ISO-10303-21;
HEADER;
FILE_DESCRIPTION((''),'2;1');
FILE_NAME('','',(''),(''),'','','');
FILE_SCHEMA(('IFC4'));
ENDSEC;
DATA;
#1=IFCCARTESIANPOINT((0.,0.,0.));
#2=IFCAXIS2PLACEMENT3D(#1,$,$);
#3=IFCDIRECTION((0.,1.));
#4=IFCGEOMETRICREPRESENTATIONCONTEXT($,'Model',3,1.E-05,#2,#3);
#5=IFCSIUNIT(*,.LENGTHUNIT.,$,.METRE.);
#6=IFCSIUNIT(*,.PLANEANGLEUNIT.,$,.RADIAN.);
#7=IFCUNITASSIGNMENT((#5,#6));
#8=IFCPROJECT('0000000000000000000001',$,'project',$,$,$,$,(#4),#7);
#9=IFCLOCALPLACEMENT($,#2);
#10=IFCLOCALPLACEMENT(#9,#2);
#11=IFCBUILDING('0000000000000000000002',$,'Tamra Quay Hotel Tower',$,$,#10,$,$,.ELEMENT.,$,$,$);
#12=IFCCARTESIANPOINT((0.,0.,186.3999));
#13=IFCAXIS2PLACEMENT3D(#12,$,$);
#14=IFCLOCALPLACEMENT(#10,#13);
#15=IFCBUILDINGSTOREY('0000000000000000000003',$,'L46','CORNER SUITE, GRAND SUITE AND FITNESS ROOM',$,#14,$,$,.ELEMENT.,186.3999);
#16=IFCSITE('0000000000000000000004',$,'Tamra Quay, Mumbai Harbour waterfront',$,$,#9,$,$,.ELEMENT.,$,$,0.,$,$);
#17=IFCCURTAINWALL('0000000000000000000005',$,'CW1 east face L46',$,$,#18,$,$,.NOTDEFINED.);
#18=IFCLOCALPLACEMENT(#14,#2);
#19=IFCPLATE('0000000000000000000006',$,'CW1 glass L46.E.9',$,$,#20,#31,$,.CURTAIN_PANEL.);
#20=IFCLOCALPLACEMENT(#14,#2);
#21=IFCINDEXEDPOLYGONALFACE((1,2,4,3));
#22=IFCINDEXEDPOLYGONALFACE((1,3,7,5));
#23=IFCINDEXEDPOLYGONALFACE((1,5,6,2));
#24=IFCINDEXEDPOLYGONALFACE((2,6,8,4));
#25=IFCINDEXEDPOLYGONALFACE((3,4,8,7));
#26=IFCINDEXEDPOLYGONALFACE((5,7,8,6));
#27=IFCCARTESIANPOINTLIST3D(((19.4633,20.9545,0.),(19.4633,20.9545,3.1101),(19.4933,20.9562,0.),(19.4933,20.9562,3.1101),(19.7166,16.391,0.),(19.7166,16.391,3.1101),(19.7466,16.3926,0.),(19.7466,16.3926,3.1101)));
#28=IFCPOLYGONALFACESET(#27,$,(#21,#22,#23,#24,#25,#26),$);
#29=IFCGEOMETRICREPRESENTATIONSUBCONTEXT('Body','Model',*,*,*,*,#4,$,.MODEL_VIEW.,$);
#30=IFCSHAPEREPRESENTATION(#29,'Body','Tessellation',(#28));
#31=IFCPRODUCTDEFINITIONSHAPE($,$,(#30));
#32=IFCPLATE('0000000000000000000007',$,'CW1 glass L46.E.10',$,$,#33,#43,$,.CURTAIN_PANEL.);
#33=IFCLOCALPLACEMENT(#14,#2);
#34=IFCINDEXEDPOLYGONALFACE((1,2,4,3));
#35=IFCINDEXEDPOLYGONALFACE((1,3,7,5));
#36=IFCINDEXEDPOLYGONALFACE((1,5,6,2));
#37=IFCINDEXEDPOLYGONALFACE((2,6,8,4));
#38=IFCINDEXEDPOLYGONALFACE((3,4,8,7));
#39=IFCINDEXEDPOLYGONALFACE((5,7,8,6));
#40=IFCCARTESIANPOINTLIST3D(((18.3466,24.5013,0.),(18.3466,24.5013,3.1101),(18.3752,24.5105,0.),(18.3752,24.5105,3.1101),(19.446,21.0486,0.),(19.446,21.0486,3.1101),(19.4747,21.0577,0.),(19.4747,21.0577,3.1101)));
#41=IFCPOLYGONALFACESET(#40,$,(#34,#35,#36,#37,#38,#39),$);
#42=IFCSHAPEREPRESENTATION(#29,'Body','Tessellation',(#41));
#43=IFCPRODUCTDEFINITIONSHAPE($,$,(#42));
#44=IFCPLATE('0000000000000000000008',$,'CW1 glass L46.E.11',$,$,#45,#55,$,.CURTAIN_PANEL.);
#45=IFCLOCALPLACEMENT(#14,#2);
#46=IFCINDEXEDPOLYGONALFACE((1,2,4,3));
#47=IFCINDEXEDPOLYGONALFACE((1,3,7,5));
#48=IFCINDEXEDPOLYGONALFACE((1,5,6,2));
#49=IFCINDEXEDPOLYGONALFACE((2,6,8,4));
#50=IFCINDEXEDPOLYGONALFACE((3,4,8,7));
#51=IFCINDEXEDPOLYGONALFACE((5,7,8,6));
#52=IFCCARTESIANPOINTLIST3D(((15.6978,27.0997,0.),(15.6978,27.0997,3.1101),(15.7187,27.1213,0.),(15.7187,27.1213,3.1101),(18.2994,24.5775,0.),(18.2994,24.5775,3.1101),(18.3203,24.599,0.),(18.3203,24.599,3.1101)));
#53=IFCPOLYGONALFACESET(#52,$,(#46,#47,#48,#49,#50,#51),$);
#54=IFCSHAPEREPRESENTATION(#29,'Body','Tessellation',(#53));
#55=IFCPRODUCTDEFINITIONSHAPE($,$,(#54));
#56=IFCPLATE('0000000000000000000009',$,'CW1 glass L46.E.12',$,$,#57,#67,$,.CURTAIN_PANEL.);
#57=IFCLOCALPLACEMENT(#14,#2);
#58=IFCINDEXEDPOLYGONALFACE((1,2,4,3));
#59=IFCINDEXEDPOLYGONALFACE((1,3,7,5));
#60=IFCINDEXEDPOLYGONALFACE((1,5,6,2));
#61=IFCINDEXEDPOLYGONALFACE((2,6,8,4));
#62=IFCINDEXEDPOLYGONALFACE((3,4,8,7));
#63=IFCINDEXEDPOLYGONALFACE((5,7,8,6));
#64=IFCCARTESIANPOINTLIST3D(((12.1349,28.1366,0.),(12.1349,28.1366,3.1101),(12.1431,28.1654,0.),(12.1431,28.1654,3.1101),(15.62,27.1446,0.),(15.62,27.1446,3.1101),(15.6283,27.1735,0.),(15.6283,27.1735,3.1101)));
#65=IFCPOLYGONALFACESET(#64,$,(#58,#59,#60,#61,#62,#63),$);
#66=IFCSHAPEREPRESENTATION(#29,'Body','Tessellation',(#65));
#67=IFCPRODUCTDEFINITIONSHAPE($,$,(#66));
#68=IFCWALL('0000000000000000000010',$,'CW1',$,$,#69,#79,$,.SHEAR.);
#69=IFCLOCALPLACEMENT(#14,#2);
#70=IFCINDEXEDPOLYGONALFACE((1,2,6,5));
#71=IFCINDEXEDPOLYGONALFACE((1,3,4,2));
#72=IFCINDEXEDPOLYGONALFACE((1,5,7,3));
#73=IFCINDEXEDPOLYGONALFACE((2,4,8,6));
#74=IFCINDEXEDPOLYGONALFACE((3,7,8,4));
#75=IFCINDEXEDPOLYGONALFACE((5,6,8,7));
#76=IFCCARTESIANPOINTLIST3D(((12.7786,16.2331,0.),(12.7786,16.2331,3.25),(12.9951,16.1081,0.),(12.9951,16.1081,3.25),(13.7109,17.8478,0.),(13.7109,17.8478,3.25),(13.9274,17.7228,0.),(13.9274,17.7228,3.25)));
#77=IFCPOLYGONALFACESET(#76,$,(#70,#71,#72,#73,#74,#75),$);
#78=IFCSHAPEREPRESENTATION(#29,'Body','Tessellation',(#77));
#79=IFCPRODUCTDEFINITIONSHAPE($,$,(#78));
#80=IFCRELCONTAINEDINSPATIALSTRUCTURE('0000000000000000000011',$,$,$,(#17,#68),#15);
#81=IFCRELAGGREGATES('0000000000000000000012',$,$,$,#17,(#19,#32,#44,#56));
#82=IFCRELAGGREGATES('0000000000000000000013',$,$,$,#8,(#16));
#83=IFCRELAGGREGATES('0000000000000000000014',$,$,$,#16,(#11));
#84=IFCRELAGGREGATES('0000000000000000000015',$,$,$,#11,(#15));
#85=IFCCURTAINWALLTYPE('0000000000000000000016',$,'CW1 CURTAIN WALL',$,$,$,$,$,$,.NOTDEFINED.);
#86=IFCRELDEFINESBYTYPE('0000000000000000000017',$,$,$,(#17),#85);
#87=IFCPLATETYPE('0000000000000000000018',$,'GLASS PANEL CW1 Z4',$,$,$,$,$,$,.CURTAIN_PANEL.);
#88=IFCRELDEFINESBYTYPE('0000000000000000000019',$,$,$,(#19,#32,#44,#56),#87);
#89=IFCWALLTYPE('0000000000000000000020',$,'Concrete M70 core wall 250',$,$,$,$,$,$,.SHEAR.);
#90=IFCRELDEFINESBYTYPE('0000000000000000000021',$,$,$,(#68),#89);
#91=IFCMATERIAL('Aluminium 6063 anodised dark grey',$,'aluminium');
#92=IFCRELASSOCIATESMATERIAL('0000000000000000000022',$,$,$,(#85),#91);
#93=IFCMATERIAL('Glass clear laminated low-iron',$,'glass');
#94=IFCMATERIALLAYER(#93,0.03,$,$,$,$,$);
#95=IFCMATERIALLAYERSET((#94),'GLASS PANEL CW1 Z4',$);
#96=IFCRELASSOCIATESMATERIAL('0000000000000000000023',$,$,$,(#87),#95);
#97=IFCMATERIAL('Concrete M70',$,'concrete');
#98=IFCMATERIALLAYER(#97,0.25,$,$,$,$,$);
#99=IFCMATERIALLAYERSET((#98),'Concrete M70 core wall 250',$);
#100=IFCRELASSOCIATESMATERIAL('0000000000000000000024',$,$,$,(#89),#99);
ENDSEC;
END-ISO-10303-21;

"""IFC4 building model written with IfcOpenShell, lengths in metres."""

from ifc_helpers import new_model, si_unit, direction, frame, frame_2d, origin, origin_2d, place, context, subcontext, project, spatial, rectangle, extrude, material, layer, layer_set, type_object, element, aggregate, save


model = new_model("IFC4")

# Units and contexts
model_context = context("Model", 3, precision=1e-05, world=origin(), true_north=direction((0.0, 1.0)))
body_context = subcontext(model_context, "Body", "Model", "MODEL_VIEW")
ifc_project = project(units=[si_unit("LENGTHUNIT", "METRE"), si_unit("PLANEANGLEUNIT", "RADIAN")], contexts=[model_context])

# Site, building, storey
site_placement = place(None, origin())
site = spatial("IfcSite", under=ifc_project, at=site_placement, Name="Tamra Quay, Mumbai Harbour waterfront", CompositionType="ELEMENT", RefElevation=0.0)
building_placement = place(site_placement, origin())
building = spatial("IfcBuilding", under=site, at=building_placement, Name="Tamra Quay Hotel Tower", CompositionType="ELEMENT")
storey_placement = place(building_placement, frame((0.0, 0.0, 186.3999)))
storey = spatial("IfcBuildingStorey", under=building, at=storey_placement, Name="L46", Description="CORNER SUITE, GRAND SUITE AND FITNESS ROOM", CompositionType="ELEMENT", Elevation=186.3999)

# Shared definitions
ifc_material_1 = material(Name="Concrete M70", Category="concrete")

# Curtain wall
ifc_material_2 = material(Name="Aluminium 6063 anodised dark grey", Category="aluminium")
curtain_wall_type = type_object("IfcCurtainWallType", Name="CW1 CURTAIN WALL", PredefinedType="NOTDEFINED", material=ifc_material_2)
curtain_wall_placement = place(storey_placement, origin())
curtain_wall = element("IfcCurtainWall", 1, at=curtain_wall_placement, inside=storey, type_object=curtain_wall_type, Name="CW1 east face L46", PredefinedType="NOTDEFINED")

# Plates
ifc_material_3 = material(Name="Glass clear laminated low-iron", Category="glass")
ifc_layer_1 = layer(ifc_material_3, 0.03)
ifc_layer_set_1 = layer_set([ifc_layer_1], Name="GLASS PANEL CW1 Z4")
plate_type = type_object("IfcPlateType", Name="GLASS PANEL CW1 Z4", PredefinedType="CURTAIN_PANEL", material=ifc_layer_set_1)
plate_1_placement = place(storey_placement, frame((19.605, 18.6736, 0.0), z_axis=(0.0, 0.0, 1.0), x_axis=(-0.055416, 0.998463, 0.0)))
plate_1 = element("IfcPlate", 2, at=plate_1_placement, type_object=plate_type, Name="CW1 glass L46.E.9", PredefinedType="CURTAIN_PANEL", context=body_context, shape_type="SweptSolid", body=[
    extrude(rectangle(XDim=4.5706, YDim=0.03, at=origin_2d()), origin(), (0.0, 0.0, 1.0), 3.1101),
])
plate_2_placement = place(storey_placement, frame((18.9106, 22.7795, 0.0), z_axis=(0.0, 0.0, 1.0), x_axis=(-0.30341, 0.95286, 0.0)))
plate_2 = element("IfcPlate", 3, at=plate_2_placement, type_object=plate_type, Name="CW1 glass L46.E.10", PredefinedType="CURTAIN_PANEL", context=body_context, shape_type="SweptSolid", body=[
    extrude(rectangle(XDim=3.6235, YDim=0.03, at=origin_2d()), origin(), (0.0, 0.0, 1.0), 3.1101),
])
plate_3_placement = place(storey_placement, frame((17.009, 25.8494, 0.0), z_axis=(0.0, 0.0, 1.0), x_axis=(-0.717975, 0.696069, 0.0)))
plate_3 = element("IfcPlate", 4, at=plate_3_placement, type_object=plate_type, Name="CW1 glass L46.E.11", PredefinedType="CURTAIN_PANEL", context=body_context, shape_type="SweptSolid", body=[
    extrude(rectangle(XDim=3.6235, YDim=0.03, at=origin_2d()), origin(), (0.0, 0.0, 1.0), 3.1101),
])
plate_4_placement = place(storey_placement, frame((13.8816, 27.655, 0.0), z_axis=(0.0, 0.0, 1.0), x_axis=(-0.961801, 0.27375, 0.0)))
plate_4 = element("IfcPlate", 5, at=plate_4_placement, type_object=plate_type, Name="CW1 glass L46.E.12", PredefinedType="CURTAIN_PANEL", context=body_context, shape_type="SweptSolid", body=[
    extrude(rectangle(XDim=3.6235, YDim=0.03, at=origin_2d()), origin(), (0.0, 0.0, 1.0), 3.1101),
])
aggregate(curtain_wall, [plate_1, plate_2, plate_3, plate_4])

# Wall
ifc_layer_2 = layer(ifc_material_1, 0.25)
ifc_layer_set_2 = layer_set([ifc_layer_2], Name="Concrete M70 core wall 250")
wall_type = type_object("IfcWallType", Name="Concrete M70 core wall 250", PredefinedType="SHEAR", material=ifc_layer_set_2)
wall_placement = place(storey_placement, frame((13.8191, 17.7852, 0.0), z_axis=(0.0, 0.0, 1.0), x_axis=(-0.50004, -0.866002, 0.0)))
element("IfcWall", 6, at=wall_placement, inside=storey, type_object=wall_type, Name="CW1", PredefinedType="SHEAR", context=body_context, shape_type="SweptSolid", body=[
    extrude(rectangle(XDim=1.8645, YDim=0.25, at=frame_2d((0.9321, 0.0))), origin(), (0.0, 0.0, 1.0), 3.25),
])

save(model, "model.ifc")
